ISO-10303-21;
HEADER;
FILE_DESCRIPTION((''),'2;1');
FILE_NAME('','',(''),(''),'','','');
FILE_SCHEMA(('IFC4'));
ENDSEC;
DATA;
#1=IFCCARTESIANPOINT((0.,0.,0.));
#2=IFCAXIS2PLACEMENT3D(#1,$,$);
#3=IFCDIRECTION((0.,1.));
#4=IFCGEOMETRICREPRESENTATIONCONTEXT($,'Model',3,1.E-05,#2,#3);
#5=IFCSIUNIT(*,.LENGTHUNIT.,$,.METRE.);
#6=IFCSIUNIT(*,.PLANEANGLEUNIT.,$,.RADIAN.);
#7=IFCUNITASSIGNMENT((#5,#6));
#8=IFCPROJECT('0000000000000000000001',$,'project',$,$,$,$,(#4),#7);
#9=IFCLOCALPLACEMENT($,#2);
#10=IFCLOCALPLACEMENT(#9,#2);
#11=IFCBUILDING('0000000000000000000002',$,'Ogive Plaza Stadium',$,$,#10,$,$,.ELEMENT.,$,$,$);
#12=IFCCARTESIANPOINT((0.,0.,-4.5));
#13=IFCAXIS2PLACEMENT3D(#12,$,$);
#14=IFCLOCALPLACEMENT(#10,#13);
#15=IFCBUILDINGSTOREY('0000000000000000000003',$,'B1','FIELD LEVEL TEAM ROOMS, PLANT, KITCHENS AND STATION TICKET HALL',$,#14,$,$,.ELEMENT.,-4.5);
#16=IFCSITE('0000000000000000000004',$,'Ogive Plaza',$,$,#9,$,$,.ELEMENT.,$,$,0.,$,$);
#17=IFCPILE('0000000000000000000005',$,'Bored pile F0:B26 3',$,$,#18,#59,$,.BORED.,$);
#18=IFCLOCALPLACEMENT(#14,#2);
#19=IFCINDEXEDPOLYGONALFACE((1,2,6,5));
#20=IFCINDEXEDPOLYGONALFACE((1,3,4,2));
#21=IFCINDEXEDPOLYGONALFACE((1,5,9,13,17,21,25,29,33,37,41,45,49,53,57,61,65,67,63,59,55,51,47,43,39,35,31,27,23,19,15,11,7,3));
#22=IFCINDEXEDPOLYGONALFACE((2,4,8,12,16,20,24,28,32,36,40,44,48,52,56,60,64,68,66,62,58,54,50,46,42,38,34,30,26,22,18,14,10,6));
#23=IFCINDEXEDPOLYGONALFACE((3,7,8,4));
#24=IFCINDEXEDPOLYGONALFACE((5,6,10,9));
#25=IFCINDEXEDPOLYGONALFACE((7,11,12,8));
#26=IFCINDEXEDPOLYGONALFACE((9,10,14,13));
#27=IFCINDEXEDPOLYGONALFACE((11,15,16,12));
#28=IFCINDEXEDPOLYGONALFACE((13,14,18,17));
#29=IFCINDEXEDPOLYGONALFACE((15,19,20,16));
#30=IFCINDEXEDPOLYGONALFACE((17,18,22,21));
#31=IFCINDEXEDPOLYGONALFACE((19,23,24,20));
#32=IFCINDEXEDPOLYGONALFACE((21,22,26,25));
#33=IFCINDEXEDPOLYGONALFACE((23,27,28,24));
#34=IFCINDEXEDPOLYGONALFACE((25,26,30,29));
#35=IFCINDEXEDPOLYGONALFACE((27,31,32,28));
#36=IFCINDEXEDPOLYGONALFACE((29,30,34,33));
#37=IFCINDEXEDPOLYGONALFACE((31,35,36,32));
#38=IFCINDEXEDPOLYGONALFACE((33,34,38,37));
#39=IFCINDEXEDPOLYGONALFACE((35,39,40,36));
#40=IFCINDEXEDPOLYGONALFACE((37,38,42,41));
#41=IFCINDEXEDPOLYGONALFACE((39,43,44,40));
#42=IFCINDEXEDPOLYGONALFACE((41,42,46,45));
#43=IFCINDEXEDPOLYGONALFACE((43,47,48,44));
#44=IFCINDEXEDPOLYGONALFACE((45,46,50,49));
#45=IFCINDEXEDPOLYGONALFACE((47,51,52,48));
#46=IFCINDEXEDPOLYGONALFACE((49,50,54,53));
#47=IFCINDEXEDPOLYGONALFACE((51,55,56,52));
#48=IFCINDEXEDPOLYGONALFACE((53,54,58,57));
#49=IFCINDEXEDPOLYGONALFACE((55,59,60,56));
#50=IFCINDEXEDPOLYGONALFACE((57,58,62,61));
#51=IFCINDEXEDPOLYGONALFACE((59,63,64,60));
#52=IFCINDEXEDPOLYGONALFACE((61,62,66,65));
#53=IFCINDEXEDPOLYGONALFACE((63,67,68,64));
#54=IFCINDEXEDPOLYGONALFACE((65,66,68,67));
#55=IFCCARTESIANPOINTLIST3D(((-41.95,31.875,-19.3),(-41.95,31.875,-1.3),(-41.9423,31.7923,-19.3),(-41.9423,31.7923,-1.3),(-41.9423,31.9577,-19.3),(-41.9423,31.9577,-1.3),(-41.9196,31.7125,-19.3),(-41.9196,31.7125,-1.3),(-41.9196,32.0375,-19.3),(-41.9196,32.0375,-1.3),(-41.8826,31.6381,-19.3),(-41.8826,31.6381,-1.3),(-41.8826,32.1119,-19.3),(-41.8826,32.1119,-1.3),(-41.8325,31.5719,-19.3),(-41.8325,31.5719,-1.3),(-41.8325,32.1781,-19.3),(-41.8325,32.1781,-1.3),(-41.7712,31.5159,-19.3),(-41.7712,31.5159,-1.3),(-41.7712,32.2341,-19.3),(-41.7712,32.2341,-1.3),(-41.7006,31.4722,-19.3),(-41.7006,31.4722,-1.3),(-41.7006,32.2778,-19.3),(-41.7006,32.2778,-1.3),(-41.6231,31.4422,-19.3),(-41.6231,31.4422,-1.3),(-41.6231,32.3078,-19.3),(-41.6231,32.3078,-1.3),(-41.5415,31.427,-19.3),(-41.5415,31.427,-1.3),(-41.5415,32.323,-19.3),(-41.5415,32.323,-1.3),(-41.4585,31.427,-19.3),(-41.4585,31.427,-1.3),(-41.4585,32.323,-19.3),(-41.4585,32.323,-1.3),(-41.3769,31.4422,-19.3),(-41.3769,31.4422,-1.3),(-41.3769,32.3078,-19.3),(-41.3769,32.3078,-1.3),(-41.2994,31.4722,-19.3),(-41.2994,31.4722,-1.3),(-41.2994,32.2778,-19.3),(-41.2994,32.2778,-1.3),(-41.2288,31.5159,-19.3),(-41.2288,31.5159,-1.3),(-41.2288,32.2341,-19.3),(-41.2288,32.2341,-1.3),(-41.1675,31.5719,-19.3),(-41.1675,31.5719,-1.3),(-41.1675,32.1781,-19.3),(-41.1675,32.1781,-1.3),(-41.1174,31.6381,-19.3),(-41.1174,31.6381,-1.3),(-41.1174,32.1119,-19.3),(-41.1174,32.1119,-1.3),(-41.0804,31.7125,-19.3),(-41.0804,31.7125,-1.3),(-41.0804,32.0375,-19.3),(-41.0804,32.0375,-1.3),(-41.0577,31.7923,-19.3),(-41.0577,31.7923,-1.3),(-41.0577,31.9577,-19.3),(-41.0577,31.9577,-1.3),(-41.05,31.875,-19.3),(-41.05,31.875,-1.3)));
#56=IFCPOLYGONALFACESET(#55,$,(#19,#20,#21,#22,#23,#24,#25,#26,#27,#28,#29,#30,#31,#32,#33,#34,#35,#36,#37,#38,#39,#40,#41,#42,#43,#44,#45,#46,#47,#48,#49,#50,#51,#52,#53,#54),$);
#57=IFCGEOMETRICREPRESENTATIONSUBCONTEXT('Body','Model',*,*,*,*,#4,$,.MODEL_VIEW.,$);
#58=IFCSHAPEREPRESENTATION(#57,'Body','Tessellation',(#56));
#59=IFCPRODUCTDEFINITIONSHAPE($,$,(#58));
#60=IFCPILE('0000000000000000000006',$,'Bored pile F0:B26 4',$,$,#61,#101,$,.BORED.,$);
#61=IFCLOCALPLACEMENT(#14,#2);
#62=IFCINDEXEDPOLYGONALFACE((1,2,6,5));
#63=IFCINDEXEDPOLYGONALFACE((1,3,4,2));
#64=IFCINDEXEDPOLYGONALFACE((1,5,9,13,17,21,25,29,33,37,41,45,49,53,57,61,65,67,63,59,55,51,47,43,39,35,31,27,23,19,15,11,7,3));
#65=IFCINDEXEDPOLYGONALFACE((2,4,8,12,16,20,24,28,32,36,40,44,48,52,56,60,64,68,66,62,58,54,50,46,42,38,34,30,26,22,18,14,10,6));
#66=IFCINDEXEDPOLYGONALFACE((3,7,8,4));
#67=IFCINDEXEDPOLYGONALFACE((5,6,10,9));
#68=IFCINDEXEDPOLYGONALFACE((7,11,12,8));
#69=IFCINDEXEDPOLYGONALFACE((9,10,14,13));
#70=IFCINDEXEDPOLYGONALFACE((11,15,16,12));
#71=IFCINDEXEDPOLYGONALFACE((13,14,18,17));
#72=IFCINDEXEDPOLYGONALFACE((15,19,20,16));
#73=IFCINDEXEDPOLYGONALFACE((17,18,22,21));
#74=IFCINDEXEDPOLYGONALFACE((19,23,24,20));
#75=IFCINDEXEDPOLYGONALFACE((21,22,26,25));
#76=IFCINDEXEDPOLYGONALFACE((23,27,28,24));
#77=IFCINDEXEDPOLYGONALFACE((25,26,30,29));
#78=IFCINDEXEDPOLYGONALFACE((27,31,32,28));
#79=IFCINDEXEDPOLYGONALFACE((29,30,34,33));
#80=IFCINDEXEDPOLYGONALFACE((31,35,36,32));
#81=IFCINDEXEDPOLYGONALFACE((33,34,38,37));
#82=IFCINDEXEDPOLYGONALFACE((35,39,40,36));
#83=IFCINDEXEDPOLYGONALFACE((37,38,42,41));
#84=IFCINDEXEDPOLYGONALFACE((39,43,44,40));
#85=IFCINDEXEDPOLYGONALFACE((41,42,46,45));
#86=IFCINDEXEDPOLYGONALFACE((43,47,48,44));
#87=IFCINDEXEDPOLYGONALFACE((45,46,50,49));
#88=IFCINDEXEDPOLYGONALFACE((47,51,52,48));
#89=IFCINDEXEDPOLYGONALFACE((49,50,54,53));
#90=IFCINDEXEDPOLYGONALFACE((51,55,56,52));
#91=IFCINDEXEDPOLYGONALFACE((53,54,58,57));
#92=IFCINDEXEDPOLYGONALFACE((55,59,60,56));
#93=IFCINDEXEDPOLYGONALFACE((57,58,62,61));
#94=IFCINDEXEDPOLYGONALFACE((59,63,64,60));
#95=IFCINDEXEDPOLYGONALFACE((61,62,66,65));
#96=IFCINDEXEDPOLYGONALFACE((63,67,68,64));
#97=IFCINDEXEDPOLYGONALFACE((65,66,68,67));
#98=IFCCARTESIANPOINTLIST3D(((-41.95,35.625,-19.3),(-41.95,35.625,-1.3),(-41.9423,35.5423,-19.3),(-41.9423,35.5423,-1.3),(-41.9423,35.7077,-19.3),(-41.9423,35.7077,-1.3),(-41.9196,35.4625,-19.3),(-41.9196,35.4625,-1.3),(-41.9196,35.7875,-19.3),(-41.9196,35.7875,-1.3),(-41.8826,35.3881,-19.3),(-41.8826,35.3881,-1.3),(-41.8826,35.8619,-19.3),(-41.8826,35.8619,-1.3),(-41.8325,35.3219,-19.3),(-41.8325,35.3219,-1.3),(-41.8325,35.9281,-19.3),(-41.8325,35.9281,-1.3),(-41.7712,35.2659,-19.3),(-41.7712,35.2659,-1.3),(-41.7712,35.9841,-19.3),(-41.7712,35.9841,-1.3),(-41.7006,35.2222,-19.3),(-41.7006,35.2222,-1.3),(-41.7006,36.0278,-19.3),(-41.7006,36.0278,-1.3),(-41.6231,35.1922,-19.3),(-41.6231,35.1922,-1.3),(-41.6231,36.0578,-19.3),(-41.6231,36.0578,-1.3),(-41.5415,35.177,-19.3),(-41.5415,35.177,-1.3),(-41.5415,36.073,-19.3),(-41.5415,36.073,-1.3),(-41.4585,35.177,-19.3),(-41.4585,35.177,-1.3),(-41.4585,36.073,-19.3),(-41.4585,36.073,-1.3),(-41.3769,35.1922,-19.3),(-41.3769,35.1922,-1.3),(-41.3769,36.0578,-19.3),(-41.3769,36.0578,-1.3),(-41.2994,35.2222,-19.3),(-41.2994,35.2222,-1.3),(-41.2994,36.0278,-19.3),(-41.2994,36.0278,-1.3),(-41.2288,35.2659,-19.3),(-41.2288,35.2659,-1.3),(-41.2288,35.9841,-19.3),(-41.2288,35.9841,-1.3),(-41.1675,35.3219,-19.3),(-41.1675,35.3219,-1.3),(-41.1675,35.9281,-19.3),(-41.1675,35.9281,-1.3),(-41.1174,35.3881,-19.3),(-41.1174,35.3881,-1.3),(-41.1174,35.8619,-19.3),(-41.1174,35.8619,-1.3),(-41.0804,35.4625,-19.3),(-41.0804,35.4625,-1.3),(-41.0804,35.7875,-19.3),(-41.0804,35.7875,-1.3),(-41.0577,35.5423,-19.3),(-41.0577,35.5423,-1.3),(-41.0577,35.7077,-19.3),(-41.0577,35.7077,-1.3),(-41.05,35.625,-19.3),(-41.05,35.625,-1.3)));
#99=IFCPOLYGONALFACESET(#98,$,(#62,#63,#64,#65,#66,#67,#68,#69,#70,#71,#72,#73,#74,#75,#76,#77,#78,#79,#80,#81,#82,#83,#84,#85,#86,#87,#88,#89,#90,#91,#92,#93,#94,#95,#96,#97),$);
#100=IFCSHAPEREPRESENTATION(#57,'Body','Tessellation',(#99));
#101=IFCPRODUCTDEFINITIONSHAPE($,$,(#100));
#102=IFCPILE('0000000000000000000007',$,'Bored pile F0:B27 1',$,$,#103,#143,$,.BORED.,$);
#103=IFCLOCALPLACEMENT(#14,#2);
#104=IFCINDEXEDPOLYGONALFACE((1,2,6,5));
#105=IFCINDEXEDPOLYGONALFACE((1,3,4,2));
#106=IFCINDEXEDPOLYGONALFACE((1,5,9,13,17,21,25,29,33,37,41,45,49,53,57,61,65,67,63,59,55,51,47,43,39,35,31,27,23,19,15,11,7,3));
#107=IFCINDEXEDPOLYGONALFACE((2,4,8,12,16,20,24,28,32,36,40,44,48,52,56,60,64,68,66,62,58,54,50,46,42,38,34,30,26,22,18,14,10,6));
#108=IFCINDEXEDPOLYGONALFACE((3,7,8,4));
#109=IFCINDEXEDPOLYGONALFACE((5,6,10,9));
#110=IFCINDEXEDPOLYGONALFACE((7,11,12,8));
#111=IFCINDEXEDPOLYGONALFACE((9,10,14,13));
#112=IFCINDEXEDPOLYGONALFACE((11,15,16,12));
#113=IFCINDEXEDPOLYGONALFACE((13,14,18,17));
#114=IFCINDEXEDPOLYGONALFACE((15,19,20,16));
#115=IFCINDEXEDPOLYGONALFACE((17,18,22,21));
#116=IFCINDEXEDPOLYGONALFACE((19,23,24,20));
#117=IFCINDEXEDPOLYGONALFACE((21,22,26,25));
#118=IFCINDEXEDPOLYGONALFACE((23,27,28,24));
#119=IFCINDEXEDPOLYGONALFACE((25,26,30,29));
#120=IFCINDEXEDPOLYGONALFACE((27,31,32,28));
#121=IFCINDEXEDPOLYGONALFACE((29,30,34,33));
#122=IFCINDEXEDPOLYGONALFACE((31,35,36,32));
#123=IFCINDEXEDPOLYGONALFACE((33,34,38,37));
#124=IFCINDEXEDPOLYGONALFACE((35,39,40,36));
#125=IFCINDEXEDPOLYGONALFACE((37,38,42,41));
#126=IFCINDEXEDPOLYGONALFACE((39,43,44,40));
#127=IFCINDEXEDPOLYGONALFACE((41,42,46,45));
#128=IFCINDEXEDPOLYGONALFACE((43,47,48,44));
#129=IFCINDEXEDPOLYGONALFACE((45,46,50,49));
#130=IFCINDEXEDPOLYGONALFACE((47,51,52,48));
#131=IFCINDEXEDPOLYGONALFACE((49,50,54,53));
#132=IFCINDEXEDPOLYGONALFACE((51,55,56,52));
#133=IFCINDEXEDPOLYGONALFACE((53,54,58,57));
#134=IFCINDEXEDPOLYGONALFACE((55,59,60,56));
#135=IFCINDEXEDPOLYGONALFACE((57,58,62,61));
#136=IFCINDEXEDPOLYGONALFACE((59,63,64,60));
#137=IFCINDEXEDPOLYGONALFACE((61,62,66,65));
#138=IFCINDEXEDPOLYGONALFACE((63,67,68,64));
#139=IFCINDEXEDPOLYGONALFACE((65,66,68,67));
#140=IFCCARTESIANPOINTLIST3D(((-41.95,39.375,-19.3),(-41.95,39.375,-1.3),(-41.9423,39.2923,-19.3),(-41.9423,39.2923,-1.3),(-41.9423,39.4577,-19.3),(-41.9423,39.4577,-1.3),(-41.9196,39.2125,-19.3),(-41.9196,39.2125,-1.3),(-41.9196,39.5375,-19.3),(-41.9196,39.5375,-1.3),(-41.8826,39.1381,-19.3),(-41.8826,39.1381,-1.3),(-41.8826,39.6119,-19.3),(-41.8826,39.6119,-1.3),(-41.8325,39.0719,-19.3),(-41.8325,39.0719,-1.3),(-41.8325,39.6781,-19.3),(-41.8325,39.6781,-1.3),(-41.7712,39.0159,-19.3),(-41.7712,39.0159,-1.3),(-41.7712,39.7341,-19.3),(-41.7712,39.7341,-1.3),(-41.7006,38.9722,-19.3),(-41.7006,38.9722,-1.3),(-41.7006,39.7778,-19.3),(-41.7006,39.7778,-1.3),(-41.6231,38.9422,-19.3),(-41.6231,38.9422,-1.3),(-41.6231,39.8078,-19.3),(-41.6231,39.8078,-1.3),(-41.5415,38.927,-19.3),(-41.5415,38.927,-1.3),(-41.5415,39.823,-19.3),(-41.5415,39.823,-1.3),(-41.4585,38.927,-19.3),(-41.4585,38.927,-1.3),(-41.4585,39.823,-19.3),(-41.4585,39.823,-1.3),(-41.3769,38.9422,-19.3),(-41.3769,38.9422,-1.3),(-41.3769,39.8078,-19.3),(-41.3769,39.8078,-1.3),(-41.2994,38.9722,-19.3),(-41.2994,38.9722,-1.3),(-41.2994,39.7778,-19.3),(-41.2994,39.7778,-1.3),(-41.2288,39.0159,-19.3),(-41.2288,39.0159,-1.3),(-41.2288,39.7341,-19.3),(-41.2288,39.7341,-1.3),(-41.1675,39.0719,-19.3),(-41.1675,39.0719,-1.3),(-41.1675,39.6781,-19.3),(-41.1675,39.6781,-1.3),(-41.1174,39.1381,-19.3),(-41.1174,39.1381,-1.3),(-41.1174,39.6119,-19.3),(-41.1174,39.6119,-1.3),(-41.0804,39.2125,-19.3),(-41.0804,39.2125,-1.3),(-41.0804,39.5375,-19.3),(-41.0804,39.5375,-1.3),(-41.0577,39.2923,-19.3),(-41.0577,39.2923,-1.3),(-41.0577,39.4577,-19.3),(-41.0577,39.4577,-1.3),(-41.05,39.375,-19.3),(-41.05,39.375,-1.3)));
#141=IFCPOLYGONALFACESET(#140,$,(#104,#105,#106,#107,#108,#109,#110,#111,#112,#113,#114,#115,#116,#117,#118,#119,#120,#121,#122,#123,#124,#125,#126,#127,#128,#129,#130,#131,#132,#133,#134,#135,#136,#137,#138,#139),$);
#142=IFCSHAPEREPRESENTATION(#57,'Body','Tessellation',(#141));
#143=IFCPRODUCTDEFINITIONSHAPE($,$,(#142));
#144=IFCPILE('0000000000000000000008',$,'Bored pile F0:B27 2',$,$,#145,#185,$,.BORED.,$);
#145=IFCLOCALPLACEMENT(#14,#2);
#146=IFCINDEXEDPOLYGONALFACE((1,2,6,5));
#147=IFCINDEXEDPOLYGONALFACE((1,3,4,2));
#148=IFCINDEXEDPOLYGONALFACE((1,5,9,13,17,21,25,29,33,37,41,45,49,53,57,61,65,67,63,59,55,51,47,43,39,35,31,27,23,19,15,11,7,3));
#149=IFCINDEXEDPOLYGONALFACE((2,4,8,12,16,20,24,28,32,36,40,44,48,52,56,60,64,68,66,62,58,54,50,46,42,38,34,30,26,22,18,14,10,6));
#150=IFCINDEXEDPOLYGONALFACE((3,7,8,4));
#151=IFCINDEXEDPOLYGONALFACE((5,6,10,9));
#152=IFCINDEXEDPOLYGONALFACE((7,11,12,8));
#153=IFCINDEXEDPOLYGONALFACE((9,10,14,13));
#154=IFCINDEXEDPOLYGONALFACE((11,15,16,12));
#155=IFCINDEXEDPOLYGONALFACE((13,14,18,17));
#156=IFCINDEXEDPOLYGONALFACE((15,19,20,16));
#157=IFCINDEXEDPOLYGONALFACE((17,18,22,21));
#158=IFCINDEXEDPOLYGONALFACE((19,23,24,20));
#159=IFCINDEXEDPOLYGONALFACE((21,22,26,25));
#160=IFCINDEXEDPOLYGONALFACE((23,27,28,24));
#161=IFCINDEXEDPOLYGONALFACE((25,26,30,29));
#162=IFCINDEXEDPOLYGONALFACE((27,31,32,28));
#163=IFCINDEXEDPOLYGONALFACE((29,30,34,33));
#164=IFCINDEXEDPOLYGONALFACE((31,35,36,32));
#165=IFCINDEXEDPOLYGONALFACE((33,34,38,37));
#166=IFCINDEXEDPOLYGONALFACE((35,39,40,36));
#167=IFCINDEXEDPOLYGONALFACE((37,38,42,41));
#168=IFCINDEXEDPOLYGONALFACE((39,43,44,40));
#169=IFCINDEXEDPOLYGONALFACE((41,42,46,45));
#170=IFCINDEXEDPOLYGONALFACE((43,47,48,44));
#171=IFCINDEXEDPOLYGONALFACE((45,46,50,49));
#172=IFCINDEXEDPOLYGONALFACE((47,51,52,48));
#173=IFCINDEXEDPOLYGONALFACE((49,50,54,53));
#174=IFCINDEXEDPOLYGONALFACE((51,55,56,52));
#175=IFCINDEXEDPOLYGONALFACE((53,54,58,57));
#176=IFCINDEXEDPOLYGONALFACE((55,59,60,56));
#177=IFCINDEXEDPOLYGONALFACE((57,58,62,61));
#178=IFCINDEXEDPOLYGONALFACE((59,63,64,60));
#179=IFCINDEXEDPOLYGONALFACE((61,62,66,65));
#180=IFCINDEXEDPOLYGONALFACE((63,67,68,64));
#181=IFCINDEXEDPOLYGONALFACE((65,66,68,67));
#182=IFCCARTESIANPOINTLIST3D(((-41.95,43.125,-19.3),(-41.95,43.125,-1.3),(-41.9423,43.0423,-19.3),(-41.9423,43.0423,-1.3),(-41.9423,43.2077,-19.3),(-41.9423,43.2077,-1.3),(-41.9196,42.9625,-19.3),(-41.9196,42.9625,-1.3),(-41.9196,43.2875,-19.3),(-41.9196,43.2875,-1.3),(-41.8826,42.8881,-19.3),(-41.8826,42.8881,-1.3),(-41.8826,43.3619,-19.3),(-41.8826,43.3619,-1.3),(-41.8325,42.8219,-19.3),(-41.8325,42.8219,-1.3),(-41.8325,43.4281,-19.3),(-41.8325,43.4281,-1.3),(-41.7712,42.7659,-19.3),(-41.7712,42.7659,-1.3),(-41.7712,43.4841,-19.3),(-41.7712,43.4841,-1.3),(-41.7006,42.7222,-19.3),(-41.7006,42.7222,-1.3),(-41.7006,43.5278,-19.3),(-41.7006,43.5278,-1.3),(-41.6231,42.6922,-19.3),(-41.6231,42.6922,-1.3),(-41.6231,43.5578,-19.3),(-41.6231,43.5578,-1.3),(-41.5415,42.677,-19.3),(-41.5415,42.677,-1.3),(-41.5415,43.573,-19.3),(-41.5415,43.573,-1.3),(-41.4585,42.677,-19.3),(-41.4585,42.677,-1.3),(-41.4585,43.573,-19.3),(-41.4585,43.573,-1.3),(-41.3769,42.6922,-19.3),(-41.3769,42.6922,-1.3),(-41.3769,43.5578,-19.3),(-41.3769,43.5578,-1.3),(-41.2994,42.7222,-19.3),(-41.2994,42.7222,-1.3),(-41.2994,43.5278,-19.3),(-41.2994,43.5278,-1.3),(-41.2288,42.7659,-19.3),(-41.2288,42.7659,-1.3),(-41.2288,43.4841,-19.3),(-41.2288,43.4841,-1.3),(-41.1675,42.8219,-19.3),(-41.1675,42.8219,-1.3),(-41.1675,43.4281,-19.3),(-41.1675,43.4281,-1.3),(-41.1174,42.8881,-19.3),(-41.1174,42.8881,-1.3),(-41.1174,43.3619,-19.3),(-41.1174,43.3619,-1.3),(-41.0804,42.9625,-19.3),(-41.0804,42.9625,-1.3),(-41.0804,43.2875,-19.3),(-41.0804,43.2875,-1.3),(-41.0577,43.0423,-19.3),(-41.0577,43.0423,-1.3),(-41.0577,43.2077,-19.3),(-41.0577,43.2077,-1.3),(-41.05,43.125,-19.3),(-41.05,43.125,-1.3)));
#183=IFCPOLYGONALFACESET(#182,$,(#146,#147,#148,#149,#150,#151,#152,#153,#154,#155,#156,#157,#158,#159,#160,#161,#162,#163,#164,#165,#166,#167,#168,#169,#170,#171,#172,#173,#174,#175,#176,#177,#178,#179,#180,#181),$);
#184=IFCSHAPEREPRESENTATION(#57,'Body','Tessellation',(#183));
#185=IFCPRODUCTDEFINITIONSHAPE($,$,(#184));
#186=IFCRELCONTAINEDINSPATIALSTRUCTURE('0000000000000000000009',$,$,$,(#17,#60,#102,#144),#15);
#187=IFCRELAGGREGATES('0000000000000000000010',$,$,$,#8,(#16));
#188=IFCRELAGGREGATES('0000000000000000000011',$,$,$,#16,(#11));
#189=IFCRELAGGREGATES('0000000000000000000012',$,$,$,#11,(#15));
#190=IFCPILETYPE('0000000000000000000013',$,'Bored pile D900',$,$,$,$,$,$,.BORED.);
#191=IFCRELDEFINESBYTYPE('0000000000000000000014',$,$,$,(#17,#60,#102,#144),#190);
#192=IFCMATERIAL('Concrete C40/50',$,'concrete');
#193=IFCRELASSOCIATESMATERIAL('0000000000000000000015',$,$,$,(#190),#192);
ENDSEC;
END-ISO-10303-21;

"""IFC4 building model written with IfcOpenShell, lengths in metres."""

from ifc_helpers import new_model, si_unit, direction, frame, origin, origin_2d, place, context, subcontext, project, spatial, circle, extrude, material, material_profile, profile_set, type_object, element, save


model = new_model("IFC4")

# Units and contexts
model_context = context("Model", 3, precision=1e-05, world=origin(), true_north=direction((0.0, 1.0)))
body_context = subcontext(model_context, "Body", "Model", "MODEL_VIEW")
ifc_project = project(units=[si_unit("LENGTHUNIT", "METRE"), si_unit("PLANEANGLEUNIT", "RADIAN")], contexts=[model_context])

# Site, building, storey
site_placement = place(None, origin())
site = spatial("IfcSite", under=ifc_project, at=site_placement, Name="Ogive Plaza", CompositionType="ELEMENT", RefElevation=0.0)
building_placement = place(site_placement, origin())
building = spatial("IfcBuilding", under=site, at=building_placement, Name="Ogive Plaza Stadium", CompositionType="ELEMENT")
storey_placement = place(building_placement, frame((0.0, 0.0, -4.5)))
storey = spatial("IfcBuildingStorey", under=building, at=storey_placement, Name="B1", Description="FIELD LEVEL TEAM ROOMS, PLANT, KITCHENS AND STATION TICKET HALL", CompositionType="ELEMENT", Elevation=-4.5)

# Piles
ifc_material_1 = material(Name="Concrete C40/50", Category="concrete")
ifc_material_profile_1 = material_profile(ifc_material_1, circle(Radius=0.45, at=origin_2d()), Name="RC D900")
ifc_profile_set_1 = profile_set([ifc_material_profile_1], Name="Concrete C40/50")
pile_type = type_object("IfcPileType", Name="Bored pile D900", PredefinedType="BORED", material=ifc_profile_set_1)
for number, where, z_axis, x_axis, name in (
    (1, (-41.5, 31.875, -1.3), (0.0, 0.0, -1.0), (1.0, 0.0, 0.0), "Bored pile F0:B26 3"),
    (2, (-41.5, 35.625, -1.3), (0.0, 0.0, -1.0), (1.0, 0.0, 0.0), "Bored pile F0:B26 4"),
    (3, (-41.5, 39.375, -1.3), (0.0, 0.0, -1.0), (1.0, 0.0, 0.0), "Bored pile F0:B27 1"),
    (4, (-41.5, 43.125, -1.3), (0.0, 0.0, -1.0), (1.0, 0.0, 0.0), "Bored pile F0:B27 2"),
):
    element("IfcPile", number, at=place(storey_placement, frame(where, z_axis=z_axis, x_axis=x_axis)), inside=storey, type_object=pile_type, Name=name, PredefinedType="BORED", context=body_context, shape_type="SweptSolid", body=[
        extrude(circle(Radius=0.45, at=origin_2d()), origin(), (0.0, 0.0, 1.0), 18.0),
    ])

save(model, "model.ifc")
